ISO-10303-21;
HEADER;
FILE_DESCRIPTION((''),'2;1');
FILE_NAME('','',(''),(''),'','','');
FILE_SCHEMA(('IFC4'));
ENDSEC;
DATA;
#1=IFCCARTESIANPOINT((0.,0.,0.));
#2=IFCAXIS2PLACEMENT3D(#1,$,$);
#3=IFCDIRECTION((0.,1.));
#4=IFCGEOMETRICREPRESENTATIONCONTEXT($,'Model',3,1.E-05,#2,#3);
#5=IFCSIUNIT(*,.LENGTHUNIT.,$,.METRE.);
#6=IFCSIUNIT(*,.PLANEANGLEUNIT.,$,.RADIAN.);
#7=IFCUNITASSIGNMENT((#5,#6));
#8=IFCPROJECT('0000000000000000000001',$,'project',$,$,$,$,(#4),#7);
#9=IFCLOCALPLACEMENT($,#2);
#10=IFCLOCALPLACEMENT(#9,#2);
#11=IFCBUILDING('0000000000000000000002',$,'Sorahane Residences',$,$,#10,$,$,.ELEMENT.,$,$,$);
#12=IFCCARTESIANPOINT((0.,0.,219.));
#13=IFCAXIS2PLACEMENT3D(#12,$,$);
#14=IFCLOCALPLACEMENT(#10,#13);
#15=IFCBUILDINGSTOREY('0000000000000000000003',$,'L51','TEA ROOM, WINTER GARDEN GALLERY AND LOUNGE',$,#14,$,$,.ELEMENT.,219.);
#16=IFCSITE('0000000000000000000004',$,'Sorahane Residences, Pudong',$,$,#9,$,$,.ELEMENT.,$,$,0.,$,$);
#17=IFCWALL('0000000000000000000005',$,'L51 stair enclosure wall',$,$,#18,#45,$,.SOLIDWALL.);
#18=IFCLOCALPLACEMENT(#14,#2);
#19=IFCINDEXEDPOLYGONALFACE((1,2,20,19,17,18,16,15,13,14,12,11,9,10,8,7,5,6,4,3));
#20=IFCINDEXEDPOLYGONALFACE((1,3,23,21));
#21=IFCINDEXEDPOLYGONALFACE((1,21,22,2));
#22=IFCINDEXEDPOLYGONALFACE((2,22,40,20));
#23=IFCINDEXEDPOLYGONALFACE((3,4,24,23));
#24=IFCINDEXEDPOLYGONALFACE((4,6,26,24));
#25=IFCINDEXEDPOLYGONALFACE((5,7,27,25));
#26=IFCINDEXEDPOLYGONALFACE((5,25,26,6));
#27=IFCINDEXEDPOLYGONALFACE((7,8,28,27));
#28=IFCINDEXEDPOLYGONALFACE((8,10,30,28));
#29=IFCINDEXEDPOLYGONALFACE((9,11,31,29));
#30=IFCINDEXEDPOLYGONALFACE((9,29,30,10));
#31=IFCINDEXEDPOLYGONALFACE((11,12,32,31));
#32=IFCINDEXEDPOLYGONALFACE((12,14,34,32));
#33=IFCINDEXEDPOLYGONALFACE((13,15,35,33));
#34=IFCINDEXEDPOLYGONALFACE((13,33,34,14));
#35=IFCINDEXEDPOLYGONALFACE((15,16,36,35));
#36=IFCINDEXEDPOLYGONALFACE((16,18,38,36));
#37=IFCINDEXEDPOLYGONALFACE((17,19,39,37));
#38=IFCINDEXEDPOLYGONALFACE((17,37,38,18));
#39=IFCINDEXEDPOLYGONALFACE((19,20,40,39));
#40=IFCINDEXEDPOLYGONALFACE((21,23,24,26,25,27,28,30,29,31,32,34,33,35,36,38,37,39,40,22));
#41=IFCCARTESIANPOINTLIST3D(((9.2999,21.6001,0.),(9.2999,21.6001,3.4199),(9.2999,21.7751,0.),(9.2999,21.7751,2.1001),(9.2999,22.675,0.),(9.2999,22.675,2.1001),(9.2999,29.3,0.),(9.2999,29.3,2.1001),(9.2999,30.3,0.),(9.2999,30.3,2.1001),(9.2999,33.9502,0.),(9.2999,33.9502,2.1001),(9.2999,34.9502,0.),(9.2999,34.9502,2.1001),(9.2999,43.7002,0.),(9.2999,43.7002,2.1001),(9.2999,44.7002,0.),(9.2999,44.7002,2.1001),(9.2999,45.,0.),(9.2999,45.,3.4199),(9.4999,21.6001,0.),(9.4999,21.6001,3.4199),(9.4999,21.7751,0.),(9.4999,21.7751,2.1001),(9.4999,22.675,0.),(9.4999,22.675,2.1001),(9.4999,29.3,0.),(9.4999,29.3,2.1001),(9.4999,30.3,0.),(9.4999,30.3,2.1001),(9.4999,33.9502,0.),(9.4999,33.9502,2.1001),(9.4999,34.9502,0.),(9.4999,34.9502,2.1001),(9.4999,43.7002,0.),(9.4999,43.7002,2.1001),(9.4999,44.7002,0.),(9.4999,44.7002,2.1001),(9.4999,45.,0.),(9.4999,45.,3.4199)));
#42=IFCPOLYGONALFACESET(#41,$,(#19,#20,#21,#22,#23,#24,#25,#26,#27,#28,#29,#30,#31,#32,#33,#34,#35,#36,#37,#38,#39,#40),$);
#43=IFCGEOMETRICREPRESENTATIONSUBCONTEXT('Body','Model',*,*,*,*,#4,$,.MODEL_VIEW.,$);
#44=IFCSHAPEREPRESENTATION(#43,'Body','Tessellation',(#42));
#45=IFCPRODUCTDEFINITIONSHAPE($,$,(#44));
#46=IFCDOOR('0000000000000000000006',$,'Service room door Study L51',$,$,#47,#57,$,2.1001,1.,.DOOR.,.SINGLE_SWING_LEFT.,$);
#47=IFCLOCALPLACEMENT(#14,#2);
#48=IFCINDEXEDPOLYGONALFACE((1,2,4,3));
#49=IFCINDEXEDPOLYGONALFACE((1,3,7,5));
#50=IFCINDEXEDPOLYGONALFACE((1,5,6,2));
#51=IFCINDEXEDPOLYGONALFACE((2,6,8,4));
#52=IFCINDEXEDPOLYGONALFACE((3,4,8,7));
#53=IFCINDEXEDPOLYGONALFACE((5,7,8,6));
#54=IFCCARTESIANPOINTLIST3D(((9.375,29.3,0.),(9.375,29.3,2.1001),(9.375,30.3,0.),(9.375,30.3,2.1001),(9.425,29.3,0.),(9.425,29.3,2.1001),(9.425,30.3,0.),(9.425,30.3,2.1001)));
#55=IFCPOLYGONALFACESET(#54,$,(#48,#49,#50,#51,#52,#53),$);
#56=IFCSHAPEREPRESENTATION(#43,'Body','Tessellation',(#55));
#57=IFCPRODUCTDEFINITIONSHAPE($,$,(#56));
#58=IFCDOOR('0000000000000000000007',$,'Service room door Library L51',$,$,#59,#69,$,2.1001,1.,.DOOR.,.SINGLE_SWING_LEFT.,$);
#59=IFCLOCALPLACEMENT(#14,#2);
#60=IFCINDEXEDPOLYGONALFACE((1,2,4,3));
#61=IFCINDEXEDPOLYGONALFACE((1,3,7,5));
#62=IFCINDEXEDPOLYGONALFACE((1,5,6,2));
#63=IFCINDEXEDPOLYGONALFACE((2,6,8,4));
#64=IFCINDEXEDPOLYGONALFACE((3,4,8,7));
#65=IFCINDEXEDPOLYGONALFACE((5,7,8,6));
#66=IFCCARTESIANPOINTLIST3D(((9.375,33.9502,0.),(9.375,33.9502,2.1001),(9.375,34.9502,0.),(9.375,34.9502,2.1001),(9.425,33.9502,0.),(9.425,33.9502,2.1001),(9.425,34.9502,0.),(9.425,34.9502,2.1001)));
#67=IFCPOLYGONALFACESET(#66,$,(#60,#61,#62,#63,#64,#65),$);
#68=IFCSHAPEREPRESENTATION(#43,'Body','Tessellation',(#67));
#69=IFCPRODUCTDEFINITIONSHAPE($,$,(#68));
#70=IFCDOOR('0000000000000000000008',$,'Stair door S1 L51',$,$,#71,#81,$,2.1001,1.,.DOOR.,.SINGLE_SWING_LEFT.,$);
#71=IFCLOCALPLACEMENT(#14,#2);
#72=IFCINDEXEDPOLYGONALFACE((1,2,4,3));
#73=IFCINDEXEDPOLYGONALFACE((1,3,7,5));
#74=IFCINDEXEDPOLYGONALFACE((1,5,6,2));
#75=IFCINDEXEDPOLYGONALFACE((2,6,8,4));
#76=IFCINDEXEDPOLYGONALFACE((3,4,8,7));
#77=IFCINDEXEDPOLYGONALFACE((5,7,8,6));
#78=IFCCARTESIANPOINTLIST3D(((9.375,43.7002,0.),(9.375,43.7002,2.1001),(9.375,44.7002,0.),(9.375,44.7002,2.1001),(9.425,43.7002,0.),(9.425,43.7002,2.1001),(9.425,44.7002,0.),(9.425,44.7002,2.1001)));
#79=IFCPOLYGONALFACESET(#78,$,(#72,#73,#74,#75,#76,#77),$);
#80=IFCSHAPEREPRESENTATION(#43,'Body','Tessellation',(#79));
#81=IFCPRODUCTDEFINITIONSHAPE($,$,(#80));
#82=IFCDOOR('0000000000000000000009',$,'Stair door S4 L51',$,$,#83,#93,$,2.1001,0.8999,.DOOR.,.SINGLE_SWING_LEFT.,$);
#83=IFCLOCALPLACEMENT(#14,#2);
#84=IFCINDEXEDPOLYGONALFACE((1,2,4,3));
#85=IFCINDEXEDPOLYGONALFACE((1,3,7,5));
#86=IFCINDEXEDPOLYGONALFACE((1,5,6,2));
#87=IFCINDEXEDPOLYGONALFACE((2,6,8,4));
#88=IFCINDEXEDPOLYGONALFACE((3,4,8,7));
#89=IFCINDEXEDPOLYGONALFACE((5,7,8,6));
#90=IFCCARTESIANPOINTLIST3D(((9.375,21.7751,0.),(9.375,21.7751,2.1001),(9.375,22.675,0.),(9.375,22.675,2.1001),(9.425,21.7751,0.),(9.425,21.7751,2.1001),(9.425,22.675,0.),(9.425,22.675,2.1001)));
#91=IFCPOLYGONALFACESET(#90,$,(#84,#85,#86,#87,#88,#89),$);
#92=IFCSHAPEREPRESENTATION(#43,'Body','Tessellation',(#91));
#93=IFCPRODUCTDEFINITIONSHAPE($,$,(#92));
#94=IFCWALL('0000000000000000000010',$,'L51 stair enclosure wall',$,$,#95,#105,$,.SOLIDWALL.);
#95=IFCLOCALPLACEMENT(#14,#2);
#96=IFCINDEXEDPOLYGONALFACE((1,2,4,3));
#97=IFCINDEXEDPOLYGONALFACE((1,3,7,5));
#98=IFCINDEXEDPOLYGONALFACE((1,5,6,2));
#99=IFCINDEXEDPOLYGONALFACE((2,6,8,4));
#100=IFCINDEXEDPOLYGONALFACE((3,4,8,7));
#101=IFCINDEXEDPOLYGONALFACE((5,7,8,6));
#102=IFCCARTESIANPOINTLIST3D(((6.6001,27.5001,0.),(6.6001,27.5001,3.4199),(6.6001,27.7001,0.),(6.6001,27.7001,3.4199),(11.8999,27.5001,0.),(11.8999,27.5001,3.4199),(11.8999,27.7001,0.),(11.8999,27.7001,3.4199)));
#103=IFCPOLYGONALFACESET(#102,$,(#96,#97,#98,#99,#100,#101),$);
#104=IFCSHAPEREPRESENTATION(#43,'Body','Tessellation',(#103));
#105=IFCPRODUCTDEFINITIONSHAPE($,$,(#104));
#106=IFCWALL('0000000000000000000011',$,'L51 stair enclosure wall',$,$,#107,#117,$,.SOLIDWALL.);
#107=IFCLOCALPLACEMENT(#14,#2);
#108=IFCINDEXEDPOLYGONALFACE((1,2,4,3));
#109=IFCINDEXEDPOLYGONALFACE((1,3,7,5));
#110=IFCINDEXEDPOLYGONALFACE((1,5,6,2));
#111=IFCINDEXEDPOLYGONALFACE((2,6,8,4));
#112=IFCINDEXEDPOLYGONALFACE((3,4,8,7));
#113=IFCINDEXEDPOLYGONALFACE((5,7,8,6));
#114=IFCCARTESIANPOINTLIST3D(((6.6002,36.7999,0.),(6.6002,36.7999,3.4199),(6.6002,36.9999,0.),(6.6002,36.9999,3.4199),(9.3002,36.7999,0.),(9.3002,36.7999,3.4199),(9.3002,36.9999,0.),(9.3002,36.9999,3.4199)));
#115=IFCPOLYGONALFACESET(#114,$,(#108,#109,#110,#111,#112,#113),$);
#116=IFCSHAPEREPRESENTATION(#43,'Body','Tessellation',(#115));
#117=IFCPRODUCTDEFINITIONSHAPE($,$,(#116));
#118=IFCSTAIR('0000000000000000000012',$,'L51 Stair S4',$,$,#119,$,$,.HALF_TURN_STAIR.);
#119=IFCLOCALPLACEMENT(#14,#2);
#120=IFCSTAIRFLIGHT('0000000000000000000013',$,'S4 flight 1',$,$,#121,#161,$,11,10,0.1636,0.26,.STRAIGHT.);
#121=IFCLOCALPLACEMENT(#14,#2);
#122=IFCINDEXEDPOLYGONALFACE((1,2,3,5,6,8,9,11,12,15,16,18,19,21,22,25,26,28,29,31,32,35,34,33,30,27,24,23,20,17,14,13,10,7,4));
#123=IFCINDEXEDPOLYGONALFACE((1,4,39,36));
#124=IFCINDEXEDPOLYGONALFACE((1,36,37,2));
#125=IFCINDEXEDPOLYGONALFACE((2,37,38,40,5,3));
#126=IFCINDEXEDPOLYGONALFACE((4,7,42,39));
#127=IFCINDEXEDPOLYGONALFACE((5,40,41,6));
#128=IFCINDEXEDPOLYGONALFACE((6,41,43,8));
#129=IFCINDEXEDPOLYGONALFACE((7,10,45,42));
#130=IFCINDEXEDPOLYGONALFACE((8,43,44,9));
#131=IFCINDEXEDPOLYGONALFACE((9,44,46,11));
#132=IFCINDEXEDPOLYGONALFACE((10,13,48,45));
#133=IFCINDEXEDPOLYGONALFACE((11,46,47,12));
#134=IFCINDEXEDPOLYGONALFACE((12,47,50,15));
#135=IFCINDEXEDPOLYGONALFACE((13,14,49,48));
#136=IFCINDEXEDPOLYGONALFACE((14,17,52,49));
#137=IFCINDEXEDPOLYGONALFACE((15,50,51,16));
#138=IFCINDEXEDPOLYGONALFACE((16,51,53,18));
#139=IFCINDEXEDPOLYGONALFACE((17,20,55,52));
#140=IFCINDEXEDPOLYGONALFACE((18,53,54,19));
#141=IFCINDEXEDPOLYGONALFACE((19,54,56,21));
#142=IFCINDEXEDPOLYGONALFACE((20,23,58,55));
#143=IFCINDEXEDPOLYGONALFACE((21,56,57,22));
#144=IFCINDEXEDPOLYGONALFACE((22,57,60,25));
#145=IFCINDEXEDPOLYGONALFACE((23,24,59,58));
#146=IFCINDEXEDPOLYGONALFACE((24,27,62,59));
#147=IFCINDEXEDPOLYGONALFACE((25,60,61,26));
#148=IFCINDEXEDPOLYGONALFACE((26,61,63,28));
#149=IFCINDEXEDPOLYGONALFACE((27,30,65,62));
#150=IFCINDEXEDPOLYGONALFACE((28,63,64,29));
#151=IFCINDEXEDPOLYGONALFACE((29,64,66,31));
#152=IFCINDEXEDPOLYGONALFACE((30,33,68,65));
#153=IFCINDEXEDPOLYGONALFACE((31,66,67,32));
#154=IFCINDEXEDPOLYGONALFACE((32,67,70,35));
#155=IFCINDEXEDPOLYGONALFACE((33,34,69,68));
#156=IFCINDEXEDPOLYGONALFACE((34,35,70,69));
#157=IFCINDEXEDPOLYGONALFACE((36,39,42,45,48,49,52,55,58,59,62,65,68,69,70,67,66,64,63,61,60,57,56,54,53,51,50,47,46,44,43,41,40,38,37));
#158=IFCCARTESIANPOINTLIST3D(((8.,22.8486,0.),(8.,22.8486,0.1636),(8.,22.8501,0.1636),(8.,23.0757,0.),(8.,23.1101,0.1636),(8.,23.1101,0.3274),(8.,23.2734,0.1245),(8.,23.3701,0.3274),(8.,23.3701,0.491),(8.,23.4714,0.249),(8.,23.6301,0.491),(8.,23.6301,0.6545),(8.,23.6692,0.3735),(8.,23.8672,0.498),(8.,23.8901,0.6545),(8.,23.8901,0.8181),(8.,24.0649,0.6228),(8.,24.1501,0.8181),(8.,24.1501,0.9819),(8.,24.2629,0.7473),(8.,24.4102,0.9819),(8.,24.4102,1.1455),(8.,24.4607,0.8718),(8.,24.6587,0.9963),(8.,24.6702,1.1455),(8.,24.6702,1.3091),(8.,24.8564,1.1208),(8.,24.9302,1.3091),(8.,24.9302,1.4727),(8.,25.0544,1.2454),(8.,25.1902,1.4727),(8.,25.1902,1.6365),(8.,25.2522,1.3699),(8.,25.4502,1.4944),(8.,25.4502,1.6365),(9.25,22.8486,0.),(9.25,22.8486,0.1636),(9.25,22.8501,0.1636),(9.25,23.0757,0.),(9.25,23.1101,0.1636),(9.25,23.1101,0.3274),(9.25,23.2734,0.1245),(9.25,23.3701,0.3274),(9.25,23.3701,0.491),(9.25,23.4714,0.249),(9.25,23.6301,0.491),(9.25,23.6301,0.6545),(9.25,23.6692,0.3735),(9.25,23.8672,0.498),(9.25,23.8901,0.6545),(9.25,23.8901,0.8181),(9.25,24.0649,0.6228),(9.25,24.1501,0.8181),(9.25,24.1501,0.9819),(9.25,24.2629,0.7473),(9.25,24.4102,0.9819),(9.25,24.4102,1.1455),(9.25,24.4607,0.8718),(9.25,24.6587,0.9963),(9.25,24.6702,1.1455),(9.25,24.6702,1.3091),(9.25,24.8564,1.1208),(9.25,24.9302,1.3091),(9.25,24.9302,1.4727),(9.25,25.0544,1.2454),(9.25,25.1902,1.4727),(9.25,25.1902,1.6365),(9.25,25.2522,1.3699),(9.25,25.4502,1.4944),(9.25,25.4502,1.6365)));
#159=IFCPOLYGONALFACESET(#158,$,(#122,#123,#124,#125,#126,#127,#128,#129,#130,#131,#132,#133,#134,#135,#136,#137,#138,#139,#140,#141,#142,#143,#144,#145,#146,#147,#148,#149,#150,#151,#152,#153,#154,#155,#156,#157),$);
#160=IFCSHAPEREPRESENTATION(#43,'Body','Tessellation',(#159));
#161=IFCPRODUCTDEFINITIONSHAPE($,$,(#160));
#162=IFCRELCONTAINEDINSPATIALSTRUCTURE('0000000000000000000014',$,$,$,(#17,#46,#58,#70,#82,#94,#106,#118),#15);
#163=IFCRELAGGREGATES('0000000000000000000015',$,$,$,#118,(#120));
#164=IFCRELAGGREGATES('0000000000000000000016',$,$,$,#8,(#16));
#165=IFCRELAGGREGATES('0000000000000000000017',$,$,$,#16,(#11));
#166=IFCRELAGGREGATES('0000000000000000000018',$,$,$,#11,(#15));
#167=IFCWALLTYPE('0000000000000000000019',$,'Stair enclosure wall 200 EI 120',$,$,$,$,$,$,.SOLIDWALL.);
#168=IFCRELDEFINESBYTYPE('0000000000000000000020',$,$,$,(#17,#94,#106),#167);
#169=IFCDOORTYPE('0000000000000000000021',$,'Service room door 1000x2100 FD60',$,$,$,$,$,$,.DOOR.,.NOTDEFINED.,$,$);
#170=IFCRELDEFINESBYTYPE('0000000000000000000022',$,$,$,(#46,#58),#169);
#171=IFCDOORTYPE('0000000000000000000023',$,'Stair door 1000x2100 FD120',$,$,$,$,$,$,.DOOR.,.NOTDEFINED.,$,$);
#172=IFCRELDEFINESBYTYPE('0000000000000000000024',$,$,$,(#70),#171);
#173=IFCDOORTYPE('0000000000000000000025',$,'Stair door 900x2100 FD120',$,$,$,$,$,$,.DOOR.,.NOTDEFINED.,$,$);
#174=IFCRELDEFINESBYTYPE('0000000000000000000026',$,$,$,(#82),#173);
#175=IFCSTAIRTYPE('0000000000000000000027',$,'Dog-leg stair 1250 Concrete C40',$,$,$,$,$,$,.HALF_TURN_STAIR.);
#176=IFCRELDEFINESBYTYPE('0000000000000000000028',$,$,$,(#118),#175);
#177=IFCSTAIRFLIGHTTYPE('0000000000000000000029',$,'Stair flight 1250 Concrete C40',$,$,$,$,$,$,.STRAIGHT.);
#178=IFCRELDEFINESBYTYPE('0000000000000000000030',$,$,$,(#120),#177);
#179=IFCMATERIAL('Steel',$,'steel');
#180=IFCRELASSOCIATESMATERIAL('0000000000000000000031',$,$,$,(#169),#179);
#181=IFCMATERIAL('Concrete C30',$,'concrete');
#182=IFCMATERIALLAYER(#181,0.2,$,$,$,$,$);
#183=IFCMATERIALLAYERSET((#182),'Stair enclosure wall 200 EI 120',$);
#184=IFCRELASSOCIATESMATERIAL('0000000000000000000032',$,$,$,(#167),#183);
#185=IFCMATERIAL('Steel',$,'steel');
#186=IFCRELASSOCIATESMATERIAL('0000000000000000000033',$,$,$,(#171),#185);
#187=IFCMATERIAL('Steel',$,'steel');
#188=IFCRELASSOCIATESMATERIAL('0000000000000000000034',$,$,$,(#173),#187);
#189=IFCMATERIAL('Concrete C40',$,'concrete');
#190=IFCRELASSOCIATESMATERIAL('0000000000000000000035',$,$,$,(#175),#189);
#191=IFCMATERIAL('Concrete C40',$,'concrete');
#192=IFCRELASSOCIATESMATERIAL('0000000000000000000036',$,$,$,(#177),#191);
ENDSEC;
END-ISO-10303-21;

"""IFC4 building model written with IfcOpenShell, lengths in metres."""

from ifc_helpers import new_model, si_unit, direction, frame, frame_2d, origin, place, context, subcontext, project, spatial, polyline, rectangle, outline, extrude, material, layer, layer_set, type_object, element, fill, aggregate, save


model = new_model("IFC4")

# Units and contexts
model_context = context("Model", 3, precision=1e-05, world=origin(), true_north=direction((0.0, 1.0)))
body_context = subcontext(model_context, "Body", "Model", "MODEL_VIEW")
ifc_project = project(units=[si_unit("LENGTHUNIT", "METRE"), si_unit("PLANEANGLEUNIT", "RADIAN")], contexts=[model_context])

# Site, building, storey
site_placement = place(None, origin())
site = spatial("IfcSite", under=ifc_project, at=site_placement, Name="Sorahane Residences, Pudong", CompositionType="ELEMENT", RefElevation=0.0)
building_placement = place(site_placement, origin())
building = spatial("IfcBuilding", under=site, at=building_placement, Name="Sorahane Residences", CompositionType="ELEMENT")
storey_placement = place(building_placement, frame((0.0, 0.0, 219.0)))
storey = spatial("IfcBuildingStorey", under=building, at=storey_placement, Name="L51", Description="TEA ROOM, WINTER GARDEN GALLERY AND LOUNGE", CompositionType="ELEMENT", Elevation=219.0)

# Shared definitions
ifc_material_1 = material(Name="Steel", Category="steel")
door_type_1 = type_object("IfcDoorType", Name="Service room door 1000x2100 FD60", OperationType="NOTDEFINED", PredefinedType="DOOR", material=ifc_material_1)

# Wall, openings, doors
ifc_material_2 = material(Name="Concrete C30", Category="concrete")
ifc_layer_1 = layer(ifc_material_2, 0.2)
ifc_layer_set_1 = layer_set([ifc_layer_1], Name="Stair enclosure wall 200 EI 120")
wall_type_1 = type_object("IfcWallType", Name="Stair enclosure wall 200 EI 120", PredefinedType="SOLIDWALL", material=ifc_layer_set_1)
wall_1_placement = place(storey_placement, frame((9.3999, 21.6001, 0.0), z_axis=(0.0, 0.0, 1.0), x_axis=(0.0, 1.0, 0.0)))
wall_1 = element("IfcWall", 1, at=wall_1_placement, inside=storey, type_object=wall_type_1, Name="L51 stair enclosure wall", PredefinedType="SOLIDWALL", context=body_context, shape_type="SweptSolid", body=[
    extrude(rectangle(XDim=23.3999, YDim=0.2, at=frame_2d((11.7, 0.0))), origin(), (0.0, 0.0, 1.0), 3.4199),
])
opening_1_placement = place(wall_1_placement, frame((7.7, 0.0, 0.0)))
opening_1 = element("IfcOpeningElement", 2, at=opening_1_placement, cuts=wall_1, PredefinedType="OPENING", context=body_context, shape_type="SweptSolid", body=[
    extrude(rectangle(XDim=1.0, YDim=2.1001, at=frame_2d((0.5, 1.05))), frame((0.0, 0.1099, 0.0), z_axis=(0.0, -1.0, 0.0), x_axis=(1.0, 0.0, 0.0)), (0.0, 0.0, 1.0), 0.22),
])
opening_2_placement = place(wall_1_placement, frame((12.3501, 0.0, 0.0)))
opening_2 = element("IfcOpeningElement", 3, at=opening_2_placement, cuts=wall_1, PredefinedType="OPENING", context=body_context, shape_type="SweptSolid", body=[
    extrude(rectangle(XDim=1.0, YDim=2.1001, at=frame_2d((0.5, 1.05))), frame((0.0, 0.1099, 0.0), z_axis=(0.0, -1.0, 0.0), x_axis=(1.0, 0.0, 0.0)), (0.0, 0.0, 1.0), 0.22),
])
opening_3_placement = place(wall_1_placement, frame((22.1001, 0.0, 0.0)))
opening_3 = element("IfcOpeningElement", 4, at=opening_3_placement, cuts=wall_1, PredefinedType="OPENING", context=body_context, shape_type="SweptSolid", body=[
    extrude(rectangle(XDim=1.0, YDim=2.1001, at=frame_2d((0.5, 1.05))), frame((0.0, 0.1099, 0.0), z_axis=(0.0, -1.0, 0.0), x_axis=(1.0, 0.0, 0.0)), (0.0, 0.0, 1.0), 0.22),
])
opening_4_placement = place(wall_1_placement, frame((0.175, 0.0, 0.0)))
opening_4 = element("IfcOpeningElement", 5, at=opening_4_placement, cuts=wall_1, PredefinedType="OPENING", context=body_context, shape_type="SweptSolid", body=[
    extrude(rectangle(XDim=0.8999, YDim=2.1001, at=frame_2d((0.45, 1.05))), frame((0.0, 0.1099, 0.0), z_axis=(0.0, -1.0, 0.0), x_axis=(1.0, 0.0, 0.0)), (0.0, 0.0, 1.0), 0.22),
])
door_1_placement = place(opening_1_placement, origin())
door_1 = element("IfcDoor", 6, at=door_1_placement, inside=storey, type_object=door_type_1, Name="Service room door Study L51", OperationType="SINGLE_SWING_LEFT", OverallHeight=2.1001, OverallWidth=1.0, PredefinedType="DOOR", context=body_context, shape_type="SweptSolid", body=[
    extrude(rectangle(XDim=1.0, YDim=2.1001, at=frame_2d((0.5, 1.05))), frame((0.0, 0.0249, 0.0), z_axis=(0.0, -1.0, 0.0), x_axis=(1.0, 0.0, 0.0)), (0.0, 0.0, 1.0), 0.05),
])
fill(opening_1, door_1)
door_2_placement = place(opening_2_placement, origin())
door_2 = element("IfcDoor", 7, at=door_2_placement, inside=storey, type_object=door_type_1, Name="Service room door Library L51", OperationType="SINGLE_SWING_LEFT", OverallHeight=2.1001, OverallWidth=1.0, PredefinedType="DOOR", context=body_context, shape_type="SweptSolid", body=[
    extrude(rectangle(XDim=1.0, YDim=2.1001, at=frame_2d((0.5, 1.05))), frame((0.0, 0.0249, 0.0), z_axis=(0.0, -1.0, 0.0), x_axis=(1.0, 0.0, 0.0)), (0.0, 0.0, 1.0), 0.05),
])
fill(opening_2, door_2)
ifc_material_3 = material(Name="Steel", Category="steel")
door_type_2 = type_object("IfcDoorType", Name="Stair door 1000x2100 FD120", OperationType="NOTDEFINED", PredefinedType="DOOR", material=ifc_material_3)
door_3_placement = place(opening_3_placement, origin())
door_3 = element("IfcDoor", 8, at=door_3_placement, inside=storey, type_object=door_type_2, Name="Stair door S1 L51", OperationType="SINGLE_SWING_LEFT", OverallHeight=2.1001, OverallWidth=1.0, PredefinedType="DOOR", context=body_context, shape_type="SweptSolid", body=[
    extrude(rectangle(XDim=1.0, YDim=2.1001, at=frame_2d((0.5, 1.05))), frame((0.0, 0.0249, 0.0), z_axis=(0.0, -1.0, 0.0), x_axis=(1.0, 0.0, 0.0)), (0.0, 0.0, 1.0), 0.05),
])
fill(opening_3, door_3)
ifc_material_4 = material(Name="Steel", Category="steel")
door_type_3 = type_object("IfcDoorType", Name="Stair door 900x2100 FD120", OperationType="NOTDEFINED", PredefinedType="DOOR", material=ifc_material_4)
door_4_placement = place(opening_4_placement, origin())
door_4 = element("IfcDoor", 9, at=door_4_placement, inside=storey, type_object=door_type_3, Name="Stair door S4 L51", OperationType="SINGLE_SWING_LEFT", OverallHeight=2.1001, OverallWidth=0.8999, PredefinedType="DOOR", context=body_context, shape_type="SweptSolid", body=[
    extrude(rectangle(XDim=0.8999, YDim=2.1001, at=frame_2d((0.45, 1.05))), frame((0.0, 0.0249, 0.0), z_axis=(0.0, -1.0, 0.0), x_axis=(1.0, 0.0, 0.0)), (0.0, 0.0, 1.0), 0.05),
])
fill(opening_4, door_4)

# Walls
wall_2_placement = place(storey_placement, frame((6.6001, 27.6001, 0.0), z_axis=(0.0, 0.0, 1.0), x_axis=(1.0, 0.0, 0.0)))
element("IfcWall", 10, at=wall_2_placement, inside=storey, type_object=wall_type_1, Name="L51 stair enclosure wall", PredefinedType="SOLIDWALL", context=body_context, shape_type="SweptSolid", body=[
    extrude(rectangle(XDim=5.2998, YDim=0.2, at=frame_2d((2.6499, 0.0))), origin(), (0.0, 0.0, 1.0), 3.4199),
])
wall_3_placement = place(storey_placement, frame((6.6001, 36.8999, 0.0), z_axis=(0.0, 0.0, 1.0), x_axis=(1.0, 0.0, 0.0)))
element("IfcWall", 11, at=wall_3_placement, inside=storey, type_object=wall_type_1, Name="L51 stair enclosure wall", PredefinedType="SOLIDWALL", context=body_context, shape_type="SweptSolid", body=[
    extrude(rectangle(XDim=2.7, YDim=0.2, at=frame_2d((1.3501, 0.0))), origin(), (0.0, 0.0, 1.0), 3.4199),
])

# Stair, stair flight
ifc_material_5 = material(Name="Concrete C40", Category="concrete")
stair_type = type_object("IfcStairType", Name="Dog-leg stair 1250 Concrete C40", PredefinedType="HALF_TURN_STAIR", material=ifc_material_5)
stair_placement = place(storey_placement, origin())
stair = element("IfcStair", 12, at=stair_placement, inside=storey, type_object=stair_type, Name="L51 Stair S4", PredefinedType="HALF_TURN_STAIR")
ifc_material_6 = material(Name="Concrete C40", Category="concrete")
stair_flight_type = type_object("IfcStairFlightType", Name="Stair flight 1250 Concrete C40", PredefinedType="STRAIGHT", material=ifc_material_6)
stair_flight_1_placement = place(storey_placement, frame((8.625, 22.8501, 0.0), z_axis=(0.0, 0.0, 1.0), x_axis=(0.0, 1.0, 0.0)))
stair_flight_1 = element("IfcStairFlight", 13, at=stair_flight_1_placement, type_object=stair_flight_type, Name="S4 flight 1", NumberOfRisers=11, NumberOfTreads=10, PredefinedType="STRAIGHT", RiserHeight=0.1636, TreadLength=0.26, context=body_context, shape_type="SweptSolid", body=[
    extrude(outline(polyline([(-0.0015, 0.0), (-0.0015, 0.1636), (0.0, 0.1636), (0.26, 0.1636), (0.26, 0.3274), (0.52, 0.3274), (0.52, 0.491), (0.78, 0.491), (0.78, 0.6545), (1.04, 0.6545), (1.04, 0.8181), (1.3, 0.8181), (1.3, 0.9819), (1.5601, 0.9819), (1.5601, 1.1455), (1.8201, 1.1455), (1.8201, 1.3091), (2.0801, 1.3091), (2.0801, 1.4727), (2.3401, 1.4727), (2.3401, 1.6365), (2.6001, 1.6365), (2.6001, 1.8), (2.6001, 1.4944), (2.4021, 1.3699), (2.2043, 1.2454), (2.0063, 1.1208), (1.8086, 0.9963), (1.6106, 0.8718), (1.4128, 0.7473), (1.2148, 0.6228), (1.0171, 0.498), (0.8191, 0.3735), (0.6213, 0.249), (0.4233, 0.1245), (0.2256, 0.0), (-0.0015, 0.0)])), frame((0.0, 0.625, 0.0), z_axis=(0.0, -1.0, 0.0), x_axis=(1.0, 0.0, 0.0)), (0.0, 0.0, 1.0), 1.25),
])
aggregate(stair, [stair_flight_1])

save(model, "model.ifc")
